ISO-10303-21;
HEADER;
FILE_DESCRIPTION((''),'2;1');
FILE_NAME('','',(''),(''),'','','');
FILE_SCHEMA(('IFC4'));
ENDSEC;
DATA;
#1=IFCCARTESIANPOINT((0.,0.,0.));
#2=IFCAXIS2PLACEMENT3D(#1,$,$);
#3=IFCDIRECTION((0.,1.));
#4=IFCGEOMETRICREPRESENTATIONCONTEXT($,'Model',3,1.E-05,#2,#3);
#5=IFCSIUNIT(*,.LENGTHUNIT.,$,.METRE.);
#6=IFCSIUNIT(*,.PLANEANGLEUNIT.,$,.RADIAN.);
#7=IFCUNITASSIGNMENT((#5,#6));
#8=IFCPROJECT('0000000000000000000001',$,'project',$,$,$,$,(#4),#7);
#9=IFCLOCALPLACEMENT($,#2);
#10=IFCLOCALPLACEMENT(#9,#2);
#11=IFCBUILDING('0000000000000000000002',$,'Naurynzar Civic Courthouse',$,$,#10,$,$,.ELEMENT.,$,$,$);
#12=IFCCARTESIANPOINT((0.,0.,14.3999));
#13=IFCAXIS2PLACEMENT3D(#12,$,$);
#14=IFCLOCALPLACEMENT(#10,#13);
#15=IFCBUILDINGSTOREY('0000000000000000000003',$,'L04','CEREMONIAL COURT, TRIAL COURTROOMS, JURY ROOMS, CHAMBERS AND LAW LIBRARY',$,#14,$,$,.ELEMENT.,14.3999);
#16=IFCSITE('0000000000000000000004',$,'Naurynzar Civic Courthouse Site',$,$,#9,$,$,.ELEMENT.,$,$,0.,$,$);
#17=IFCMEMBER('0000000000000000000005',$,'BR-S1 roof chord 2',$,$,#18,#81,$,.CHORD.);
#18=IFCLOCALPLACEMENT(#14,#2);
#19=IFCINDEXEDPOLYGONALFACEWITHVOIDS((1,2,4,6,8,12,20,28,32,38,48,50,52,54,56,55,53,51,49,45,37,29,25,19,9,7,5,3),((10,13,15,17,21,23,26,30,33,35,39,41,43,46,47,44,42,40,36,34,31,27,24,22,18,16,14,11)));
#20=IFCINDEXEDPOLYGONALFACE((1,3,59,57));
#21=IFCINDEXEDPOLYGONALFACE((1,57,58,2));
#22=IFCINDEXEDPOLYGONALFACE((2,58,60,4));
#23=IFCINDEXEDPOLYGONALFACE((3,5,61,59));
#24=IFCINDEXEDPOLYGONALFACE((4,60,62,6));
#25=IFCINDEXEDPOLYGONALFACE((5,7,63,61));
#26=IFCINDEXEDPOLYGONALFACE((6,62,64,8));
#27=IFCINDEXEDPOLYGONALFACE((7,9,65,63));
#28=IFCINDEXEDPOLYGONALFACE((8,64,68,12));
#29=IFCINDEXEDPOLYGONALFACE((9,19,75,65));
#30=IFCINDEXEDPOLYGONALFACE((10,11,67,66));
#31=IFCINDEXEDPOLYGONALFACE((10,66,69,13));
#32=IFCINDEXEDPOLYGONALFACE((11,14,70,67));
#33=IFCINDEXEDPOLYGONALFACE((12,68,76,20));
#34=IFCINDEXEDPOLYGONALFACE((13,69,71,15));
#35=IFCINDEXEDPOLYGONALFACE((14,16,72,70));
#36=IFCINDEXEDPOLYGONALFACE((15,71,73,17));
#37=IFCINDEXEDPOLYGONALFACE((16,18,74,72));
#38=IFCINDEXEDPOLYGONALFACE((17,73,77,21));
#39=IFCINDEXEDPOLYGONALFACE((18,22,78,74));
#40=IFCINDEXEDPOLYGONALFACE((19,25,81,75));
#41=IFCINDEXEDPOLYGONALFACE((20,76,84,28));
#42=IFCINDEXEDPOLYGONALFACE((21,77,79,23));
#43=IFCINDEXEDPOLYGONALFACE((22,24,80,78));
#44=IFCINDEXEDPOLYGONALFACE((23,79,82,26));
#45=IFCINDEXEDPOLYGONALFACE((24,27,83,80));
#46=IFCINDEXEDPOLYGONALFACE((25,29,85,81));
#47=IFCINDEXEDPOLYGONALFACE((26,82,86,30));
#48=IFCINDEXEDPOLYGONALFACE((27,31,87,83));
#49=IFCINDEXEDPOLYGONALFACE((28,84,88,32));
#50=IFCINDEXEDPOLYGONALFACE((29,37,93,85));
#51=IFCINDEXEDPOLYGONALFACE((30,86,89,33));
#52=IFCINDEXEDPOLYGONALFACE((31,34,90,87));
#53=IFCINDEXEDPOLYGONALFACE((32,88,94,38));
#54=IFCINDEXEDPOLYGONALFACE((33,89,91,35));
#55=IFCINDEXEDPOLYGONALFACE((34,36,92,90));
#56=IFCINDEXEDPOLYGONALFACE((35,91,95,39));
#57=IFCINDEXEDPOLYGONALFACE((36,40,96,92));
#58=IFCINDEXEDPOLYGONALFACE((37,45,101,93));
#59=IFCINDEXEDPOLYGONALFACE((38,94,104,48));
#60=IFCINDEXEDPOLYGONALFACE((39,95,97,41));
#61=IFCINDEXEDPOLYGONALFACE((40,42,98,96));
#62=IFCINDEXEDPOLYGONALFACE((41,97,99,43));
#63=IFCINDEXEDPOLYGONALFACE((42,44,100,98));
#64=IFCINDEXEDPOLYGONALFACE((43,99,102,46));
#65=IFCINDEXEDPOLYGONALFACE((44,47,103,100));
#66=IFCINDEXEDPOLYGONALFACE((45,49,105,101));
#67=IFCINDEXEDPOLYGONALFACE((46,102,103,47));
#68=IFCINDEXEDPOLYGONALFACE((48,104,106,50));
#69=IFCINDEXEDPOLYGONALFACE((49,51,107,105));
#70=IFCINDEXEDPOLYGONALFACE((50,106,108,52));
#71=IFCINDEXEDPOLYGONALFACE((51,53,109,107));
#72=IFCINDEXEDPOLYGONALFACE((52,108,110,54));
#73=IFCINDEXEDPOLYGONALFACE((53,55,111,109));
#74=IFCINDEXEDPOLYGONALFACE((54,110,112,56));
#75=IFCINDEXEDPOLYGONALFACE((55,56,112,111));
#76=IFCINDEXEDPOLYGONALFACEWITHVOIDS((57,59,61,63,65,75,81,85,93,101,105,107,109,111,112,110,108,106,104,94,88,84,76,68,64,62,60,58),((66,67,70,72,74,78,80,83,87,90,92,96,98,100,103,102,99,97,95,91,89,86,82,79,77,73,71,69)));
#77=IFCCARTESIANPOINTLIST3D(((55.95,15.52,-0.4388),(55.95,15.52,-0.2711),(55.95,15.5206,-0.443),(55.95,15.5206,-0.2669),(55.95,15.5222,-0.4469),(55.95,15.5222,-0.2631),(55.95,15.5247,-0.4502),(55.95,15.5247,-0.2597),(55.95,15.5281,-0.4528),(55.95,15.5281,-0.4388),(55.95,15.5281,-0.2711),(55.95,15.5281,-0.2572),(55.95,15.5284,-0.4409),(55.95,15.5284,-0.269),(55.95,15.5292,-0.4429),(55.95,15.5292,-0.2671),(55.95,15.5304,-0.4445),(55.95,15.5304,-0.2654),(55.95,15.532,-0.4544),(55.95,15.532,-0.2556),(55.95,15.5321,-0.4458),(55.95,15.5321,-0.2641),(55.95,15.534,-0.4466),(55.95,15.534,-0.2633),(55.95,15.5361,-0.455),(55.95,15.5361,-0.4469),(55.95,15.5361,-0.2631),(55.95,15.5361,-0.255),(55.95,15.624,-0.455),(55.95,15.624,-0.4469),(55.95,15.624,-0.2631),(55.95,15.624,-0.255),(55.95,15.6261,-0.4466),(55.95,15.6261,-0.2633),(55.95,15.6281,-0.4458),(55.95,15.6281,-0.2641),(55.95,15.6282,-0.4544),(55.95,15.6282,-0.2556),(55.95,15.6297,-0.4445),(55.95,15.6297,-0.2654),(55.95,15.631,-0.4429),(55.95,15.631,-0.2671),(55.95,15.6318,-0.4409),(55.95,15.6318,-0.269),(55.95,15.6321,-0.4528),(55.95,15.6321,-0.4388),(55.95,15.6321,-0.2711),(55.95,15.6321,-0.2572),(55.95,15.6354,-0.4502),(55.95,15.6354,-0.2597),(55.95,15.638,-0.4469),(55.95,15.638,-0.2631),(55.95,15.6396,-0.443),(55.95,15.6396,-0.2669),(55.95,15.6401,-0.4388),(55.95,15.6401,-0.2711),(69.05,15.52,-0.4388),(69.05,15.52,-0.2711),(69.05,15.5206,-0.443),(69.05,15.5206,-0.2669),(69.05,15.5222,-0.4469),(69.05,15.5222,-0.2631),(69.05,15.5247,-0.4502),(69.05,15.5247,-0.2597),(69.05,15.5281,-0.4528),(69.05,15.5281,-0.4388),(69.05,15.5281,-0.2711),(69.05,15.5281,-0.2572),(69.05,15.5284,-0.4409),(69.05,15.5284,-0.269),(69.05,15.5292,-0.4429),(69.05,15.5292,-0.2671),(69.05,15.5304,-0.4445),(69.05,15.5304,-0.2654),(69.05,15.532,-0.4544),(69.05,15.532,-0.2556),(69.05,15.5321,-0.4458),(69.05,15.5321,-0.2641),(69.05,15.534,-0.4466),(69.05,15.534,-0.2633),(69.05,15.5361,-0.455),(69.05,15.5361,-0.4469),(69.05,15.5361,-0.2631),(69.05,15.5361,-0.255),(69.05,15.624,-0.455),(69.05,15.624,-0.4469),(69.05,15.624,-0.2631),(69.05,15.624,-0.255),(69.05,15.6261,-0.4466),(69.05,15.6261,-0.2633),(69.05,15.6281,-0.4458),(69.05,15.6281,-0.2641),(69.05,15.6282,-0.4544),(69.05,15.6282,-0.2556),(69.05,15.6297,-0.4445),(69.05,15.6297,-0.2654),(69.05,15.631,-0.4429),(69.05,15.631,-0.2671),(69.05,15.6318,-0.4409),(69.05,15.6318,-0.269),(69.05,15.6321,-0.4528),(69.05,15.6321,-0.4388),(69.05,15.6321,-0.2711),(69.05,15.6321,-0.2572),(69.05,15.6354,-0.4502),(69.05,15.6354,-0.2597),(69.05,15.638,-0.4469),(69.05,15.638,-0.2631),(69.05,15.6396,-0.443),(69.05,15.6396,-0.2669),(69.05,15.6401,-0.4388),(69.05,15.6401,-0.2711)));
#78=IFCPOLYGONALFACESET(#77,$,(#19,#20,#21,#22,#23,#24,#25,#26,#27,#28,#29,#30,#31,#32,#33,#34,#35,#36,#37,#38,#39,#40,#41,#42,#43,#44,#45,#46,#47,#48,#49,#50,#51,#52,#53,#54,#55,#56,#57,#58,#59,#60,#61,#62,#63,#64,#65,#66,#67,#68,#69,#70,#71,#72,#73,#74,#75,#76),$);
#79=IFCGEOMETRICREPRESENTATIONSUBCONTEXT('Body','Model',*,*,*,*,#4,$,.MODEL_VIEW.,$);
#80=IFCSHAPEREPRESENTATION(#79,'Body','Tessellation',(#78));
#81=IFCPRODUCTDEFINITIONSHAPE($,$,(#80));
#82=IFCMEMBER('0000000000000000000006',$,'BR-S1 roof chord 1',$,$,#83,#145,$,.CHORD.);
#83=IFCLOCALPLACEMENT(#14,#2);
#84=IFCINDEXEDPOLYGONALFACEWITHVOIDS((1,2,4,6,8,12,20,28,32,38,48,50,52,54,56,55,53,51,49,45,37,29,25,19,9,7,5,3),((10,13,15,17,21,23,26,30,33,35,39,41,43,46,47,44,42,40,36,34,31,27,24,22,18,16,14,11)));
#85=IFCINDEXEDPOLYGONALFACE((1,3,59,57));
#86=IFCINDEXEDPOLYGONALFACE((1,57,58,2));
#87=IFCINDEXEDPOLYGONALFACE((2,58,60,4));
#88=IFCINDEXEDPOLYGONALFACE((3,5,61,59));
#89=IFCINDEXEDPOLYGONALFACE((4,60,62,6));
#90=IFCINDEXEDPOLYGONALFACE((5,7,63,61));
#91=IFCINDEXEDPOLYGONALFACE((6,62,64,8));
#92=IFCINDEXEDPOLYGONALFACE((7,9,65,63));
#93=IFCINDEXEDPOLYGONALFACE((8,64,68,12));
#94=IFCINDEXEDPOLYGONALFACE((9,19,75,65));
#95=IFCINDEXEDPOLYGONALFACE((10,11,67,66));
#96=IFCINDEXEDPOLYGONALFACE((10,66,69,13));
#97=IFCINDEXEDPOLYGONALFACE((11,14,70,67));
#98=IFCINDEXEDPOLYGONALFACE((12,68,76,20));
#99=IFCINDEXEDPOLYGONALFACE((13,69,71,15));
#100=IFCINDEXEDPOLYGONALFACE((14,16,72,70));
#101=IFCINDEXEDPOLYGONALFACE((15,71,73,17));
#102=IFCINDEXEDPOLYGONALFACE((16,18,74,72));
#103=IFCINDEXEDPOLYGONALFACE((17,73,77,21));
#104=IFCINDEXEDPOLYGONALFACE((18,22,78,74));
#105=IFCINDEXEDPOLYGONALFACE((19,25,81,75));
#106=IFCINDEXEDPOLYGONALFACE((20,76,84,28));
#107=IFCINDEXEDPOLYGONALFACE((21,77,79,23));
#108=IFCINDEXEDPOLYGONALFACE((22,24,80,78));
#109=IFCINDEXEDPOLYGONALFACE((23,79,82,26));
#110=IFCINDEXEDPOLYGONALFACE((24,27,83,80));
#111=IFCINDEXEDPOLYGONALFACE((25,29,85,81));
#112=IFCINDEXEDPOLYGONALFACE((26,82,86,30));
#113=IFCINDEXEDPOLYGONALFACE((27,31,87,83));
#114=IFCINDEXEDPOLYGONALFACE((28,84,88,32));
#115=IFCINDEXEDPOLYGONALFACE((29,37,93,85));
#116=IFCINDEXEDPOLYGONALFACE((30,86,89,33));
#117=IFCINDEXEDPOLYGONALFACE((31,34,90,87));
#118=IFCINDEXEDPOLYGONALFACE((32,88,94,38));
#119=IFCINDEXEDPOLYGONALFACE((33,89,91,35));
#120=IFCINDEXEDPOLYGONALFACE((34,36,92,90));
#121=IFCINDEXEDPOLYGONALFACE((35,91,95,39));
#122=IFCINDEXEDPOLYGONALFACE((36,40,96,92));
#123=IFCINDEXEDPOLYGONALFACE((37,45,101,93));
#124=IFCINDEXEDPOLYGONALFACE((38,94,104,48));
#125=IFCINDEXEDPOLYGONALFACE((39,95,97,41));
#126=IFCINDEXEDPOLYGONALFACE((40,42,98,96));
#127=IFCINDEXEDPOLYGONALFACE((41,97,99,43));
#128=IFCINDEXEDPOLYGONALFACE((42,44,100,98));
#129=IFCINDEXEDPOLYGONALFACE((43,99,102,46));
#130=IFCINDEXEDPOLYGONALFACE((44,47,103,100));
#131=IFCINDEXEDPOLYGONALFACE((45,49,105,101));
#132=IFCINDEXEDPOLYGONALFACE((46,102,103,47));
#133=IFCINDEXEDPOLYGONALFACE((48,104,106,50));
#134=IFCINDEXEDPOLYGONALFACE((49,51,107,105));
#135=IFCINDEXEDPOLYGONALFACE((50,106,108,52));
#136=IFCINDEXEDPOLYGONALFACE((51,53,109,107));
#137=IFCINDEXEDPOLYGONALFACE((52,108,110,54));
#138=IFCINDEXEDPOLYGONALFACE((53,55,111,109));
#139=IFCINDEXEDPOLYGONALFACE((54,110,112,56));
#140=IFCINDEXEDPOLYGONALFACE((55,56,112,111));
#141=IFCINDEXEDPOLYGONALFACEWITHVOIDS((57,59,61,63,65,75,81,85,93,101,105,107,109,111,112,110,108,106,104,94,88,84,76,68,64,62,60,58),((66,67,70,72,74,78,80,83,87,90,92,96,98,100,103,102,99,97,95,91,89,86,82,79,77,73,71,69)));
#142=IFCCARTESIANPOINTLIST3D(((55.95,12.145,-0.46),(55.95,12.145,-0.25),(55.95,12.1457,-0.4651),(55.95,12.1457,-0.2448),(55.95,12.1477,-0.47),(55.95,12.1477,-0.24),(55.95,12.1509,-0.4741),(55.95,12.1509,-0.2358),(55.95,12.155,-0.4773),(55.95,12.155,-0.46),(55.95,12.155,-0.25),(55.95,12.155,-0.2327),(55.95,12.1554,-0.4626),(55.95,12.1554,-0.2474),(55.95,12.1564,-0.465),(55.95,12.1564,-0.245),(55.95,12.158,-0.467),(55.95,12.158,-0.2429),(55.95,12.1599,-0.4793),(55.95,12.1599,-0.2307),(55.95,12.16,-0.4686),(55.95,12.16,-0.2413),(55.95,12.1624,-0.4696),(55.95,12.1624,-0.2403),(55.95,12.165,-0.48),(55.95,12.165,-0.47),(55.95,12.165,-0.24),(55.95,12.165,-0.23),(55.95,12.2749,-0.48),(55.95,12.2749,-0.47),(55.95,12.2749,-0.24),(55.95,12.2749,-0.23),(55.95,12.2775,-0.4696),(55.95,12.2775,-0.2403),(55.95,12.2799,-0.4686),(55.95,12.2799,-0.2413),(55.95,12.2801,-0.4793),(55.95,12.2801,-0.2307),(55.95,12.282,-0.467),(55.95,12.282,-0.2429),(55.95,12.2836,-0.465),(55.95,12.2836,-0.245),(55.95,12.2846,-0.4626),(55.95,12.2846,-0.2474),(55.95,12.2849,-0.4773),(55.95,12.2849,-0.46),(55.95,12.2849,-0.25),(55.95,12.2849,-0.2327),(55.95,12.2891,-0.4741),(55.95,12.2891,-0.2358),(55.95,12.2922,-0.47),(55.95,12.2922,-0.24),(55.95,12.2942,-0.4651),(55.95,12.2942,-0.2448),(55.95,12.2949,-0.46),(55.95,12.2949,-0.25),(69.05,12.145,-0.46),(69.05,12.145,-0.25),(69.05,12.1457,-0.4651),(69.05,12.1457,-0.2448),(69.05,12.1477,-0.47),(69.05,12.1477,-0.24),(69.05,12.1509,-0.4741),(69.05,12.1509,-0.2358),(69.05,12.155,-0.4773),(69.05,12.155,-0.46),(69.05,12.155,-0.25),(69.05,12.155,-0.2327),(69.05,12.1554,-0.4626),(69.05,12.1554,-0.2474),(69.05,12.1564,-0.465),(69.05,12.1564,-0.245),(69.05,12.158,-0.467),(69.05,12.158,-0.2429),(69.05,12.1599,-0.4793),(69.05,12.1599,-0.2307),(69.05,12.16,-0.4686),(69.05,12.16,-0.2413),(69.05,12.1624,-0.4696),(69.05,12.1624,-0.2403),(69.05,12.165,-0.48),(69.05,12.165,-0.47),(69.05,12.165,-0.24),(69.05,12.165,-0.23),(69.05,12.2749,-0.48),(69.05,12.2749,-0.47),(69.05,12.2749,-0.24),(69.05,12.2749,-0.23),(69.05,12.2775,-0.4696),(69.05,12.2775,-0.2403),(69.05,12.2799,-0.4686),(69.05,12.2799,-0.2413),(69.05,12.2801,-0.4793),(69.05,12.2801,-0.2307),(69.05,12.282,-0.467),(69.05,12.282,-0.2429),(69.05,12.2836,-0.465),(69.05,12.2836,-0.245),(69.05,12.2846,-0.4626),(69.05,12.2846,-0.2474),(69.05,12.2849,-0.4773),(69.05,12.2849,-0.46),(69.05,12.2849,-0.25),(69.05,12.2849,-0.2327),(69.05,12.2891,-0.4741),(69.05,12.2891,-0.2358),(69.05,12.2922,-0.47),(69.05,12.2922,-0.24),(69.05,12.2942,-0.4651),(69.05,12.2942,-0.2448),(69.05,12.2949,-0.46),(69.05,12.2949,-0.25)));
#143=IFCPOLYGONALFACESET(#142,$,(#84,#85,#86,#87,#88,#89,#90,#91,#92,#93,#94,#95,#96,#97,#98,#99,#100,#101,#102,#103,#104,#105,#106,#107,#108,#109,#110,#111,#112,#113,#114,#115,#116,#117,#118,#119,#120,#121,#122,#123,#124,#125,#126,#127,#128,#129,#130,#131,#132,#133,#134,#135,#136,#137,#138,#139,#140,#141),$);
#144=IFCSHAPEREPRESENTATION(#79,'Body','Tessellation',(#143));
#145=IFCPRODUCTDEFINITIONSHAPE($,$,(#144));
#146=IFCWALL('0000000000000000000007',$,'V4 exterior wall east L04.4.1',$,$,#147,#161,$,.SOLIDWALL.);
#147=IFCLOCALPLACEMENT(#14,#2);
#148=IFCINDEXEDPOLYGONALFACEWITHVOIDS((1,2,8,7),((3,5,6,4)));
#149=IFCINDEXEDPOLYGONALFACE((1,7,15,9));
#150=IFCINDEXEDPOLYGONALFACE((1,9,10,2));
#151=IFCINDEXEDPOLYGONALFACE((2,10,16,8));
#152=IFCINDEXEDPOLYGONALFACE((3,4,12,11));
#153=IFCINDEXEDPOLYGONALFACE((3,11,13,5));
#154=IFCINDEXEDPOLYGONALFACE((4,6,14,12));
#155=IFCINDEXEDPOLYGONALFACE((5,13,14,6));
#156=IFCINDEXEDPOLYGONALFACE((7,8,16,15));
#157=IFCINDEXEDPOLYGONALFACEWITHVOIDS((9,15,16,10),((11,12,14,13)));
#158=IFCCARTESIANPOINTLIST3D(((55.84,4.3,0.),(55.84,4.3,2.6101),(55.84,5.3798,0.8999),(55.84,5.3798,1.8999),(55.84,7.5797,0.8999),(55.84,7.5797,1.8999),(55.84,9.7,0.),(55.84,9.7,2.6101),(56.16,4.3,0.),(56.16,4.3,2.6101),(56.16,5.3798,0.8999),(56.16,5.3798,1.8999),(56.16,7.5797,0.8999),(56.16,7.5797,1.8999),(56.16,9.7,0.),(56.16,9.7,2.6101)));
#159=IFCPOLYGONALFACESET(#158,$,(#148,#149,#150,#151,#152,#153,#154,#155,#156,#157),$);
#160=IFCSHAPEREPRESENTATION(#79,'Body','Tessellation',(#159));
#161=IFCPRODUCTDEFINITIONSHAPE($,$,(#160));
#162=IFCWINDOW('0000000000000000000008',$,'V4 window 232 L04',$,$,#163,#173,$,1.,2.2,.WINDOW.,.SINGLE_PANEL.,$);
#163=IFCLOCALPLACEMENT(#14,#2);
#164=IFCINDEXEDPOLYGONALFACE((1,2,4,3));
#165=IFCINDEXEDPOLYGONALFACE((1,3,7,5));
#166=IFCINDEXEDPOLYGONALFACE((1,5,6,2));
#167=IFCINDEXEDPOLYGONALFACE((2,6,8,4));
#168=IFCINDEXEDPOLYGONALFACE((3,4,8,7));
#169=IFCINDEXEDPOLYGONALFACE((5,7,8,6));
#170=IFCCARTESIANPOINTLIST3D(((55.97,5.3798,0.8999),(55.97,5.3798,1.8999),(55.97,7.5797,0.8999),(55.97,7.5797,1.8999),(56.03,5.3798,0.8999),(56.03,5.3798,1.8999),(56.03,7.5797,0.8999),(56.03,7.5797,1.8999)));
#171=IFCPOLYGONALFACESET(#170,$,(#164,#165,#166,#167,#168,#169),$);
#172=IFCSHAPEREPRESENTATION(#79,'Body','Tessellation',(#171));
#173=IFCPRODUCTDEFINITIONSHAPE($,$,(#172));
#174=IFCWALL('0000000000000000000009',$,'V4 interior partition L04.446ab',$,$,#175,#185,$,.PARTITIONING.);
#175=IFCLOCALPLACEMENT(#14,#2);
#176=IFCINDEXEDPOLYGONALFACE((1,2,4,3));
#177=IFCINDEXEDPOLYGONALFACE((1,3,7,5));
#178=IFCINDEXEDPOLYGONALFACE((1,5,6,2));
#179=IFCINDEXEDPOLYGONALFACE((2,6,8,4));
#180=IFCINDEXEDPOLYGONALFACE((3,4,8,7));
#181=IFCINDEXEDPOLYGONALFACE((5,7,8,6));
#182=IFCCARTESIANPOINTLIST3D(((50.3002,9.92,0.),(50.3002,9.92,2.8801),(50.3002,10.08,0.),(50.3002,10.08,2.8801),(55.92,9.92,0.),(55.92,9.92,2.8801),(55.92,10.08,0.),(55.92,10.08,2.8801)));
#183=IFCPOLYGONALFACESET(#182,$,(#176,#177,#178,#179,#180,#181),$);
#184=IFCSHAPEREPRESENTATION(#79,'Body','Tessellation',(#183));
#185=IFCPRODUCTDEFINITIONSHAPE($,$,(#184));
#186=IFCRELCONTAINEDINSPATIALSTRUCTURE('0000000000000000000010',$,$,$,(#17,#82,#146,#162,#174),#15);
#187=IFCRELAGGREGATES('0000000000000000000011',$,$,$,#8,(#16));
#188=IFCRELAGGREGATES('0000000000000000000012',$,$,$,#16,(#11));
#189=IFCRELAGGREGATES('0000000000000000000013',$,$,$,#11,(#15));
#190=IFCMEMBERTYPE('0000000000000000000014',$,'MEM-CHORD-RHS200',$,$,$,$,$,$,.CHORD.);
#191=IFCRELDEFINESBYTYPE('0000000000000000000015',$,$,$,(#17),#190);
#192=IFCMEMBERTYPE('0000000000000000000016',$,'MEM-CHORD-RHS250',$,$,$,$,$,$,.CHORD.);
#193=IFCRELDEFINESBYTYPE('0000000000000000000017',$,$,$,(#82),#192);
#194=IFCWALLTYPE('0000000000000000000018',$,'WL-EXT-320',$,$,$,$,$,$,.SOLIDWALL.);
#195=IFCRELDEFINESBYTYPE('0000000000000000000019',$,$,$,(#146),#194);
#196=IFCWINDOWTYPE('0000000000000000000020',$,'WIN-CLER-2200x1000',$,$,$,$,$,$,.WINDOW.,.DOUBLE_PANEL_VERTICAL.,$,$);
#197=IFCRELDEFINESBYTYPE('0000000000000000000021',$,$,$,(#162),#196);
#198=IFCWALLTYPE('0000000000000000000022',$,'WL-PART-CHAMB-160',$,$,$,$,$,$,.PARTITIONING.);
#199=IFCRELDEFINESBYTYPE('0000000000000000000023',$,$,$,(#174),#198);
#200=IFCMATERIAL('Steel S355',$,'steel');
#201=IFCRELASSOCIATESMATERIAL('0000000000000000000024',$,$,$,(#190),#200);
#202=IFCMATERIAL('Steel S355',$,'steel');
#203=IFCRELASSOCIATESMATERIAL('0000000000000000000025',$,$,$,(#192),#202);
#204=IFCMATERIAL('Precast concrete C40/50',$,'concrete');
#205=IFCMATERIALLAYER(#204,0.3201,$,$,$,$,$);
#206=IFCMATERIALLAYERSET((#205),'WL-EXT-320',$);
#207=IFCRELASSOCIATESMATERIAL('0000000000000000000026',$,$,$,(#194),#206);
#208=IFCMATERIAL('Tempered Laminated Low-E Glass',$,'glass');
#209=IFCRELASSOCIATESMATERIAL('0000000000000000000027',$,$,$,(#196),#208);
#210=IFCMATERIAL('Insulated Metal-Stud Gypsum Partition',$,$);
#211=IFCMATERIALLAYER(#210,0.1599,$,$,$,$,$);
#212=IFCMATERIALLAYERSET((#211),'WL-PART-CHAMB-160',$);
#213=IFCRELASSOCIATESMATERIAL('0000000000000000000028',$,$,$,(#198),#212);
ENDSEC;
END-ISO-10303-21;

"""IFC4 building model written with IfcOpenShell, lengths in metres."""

from ifc_helpers import new_model, si_unit, direction, frame, frame_2d, origin, origin_2d, place, context, subcontext, project, spatial, rectangle, hollow_rectangle, extrude, material, layer, layer_set, material_profile, profile_set, type_object, element, fill, save


model = new_model("IFC4")

# Units and contexts
model_context = context("Model", 3, precision=1e-05, world=origin(), true_north=direction((0.0, 1.0)))
body_context = subcontext(model_context, "Body", "Model", "MODEL_VIEW")
ifc_project = project(units=[si_unit("LENGTHUNIT", "METRE"), si_unit("PLANEANGLEUNIT", "RADIAN")], contexts=[model_context])

# Site, building, storey
site_placement = place(None, origin())
site = spatial("IfcSite", under=ifc_project, at=site_placement, Name="Naurynzar Civic Courthouse Site", CompositionType="ELEMENT", RefElevation=0.0)
building_placement = place(site_placement, origin())
building = spatial("IfcBuilding", under=site, at=building_placement, Name="Naurynzar Civic Courthouse", CompositionType="ELEMENT")
storey_placement = place(building_placement, frame((0.0, 0.0, 14.3999)))
storey = spatial("IfcBuildingStorey", under=building, at=storey_placement, Name="L04", Description="CEREMONIAL COURT, TRIAL COURTROOMS, JURY ROOMS, CHAMBERS AND LAW LIBRARY", CompositionType="ELEMENT", Elevation=14.3999)

# Members
ifc_material_1 = material(Name="Steel S355", Category="steel")
ifc_material_profile_1 = material_profile(ifc_material_1, hollow_rectangle(XDim=0.1201, YDim=0.2, WallThickness=0.0081, InnerFilletRadius=0.0081, OuterFilletRadius=0.0161, at=origin_2d()), Name="RHS 200x120x8")
ifc_profile_set_1 = profile_set([ifc_material_profile_1], Name="Steel S355")
member_type_1 = type_object("IfcMemberType", Name="MEM-CHORD-RHS200", PredefinedType="CHORD", material=ifc_profile_set_1)
member_1_placement = place(storey_placement, frame((55.95, 15.5801, -0.355), z_axis=(1.0, 0.0, 0.0), x_axis=(0.0, 1.0, 0.0)))
element("IfcMember", 1, at=member_1_placement, inside=storey, type_object=member_type_1, Name="BR-S1 roof chord 2", PredefinedType="CHORD", context=body_context, shape_type="SweptSolid", body=[
    extrude(hollow_rectangle(XDim=0.1201, YDim=0.2, WallThickness=0.0081, InnerFilletRadius=0.0081, OuterFilletRadius=0.0161, at=origin_2d()), origin(), (0.0, 0.0, 1.0), 13.1001),
])
ifc_material_2 = material(Name="Steel S355", Category="steel")
ifc_material_profile_2 = material_profile(ifc_material_2, hollow_rectangle(XDim=0.1499, YDim=0.25, WallThickness=0.01, InnerFilletRadius=0.01, OuterFilletRadius=0.02, at=origin_2d()), Name="RHS 250x150x10")
ifc_profile_set_2 = profile_set([ifc_material_profile_2], Name="Steel S355")
member_type_2 = type_object("IfcMemberType", Name="MEM-CHORD-RHS250", PredefinedType="CHORD", material=ifc_profile_set_2)
member_2_placement = place(storey_placement, frame((55.95, 12.22, -0.355), z_axis=(1.0, 0.0, 0.0), x_axis=(0.0, 1.0, 0.0)))
element("IfcMember", 2, at=member_2_placement, inside=storey, type_object=member_type_2, Name="BR-S1 roof chord 1", PredefinedType="CHORD", context=body_context, shape_type="SweptSolid", body=[
    extrude(hollow_rectangle(XDim=0.1499, YDim=0.25, WallThickness=0.01, InnerFilletRadius=0.01, OuterFilletRadius=0.02, at=origin_2d()), origin(), (0.0, 0.0, 1.0), 13.1001),
])

# Wall, opening, window
ifc_material_3 = material(Name="Precast concrete C40/50", Category="concrete")
ifc_layer_1 = layer(ifc_material_3, 0.3201)
ifc_layer_set_1 = layer_set([ifc_layer_1], Name="WL-EXT-320")
wall_type_1 = type_object("IfcWallType", Name="WL-EXT-320", PredefinedType="SOLIDWALL", material=ifc_layer_set_1)
wall_1_placement = place(storey_placement, frame((56.0, 9.7, 0.0), z_axis=(0.0, 0.0, 1.0), x_axis=(0.0, -1.0, 0.0)))
wall_1 = element("IfcWall", 3, at=wall_1_placement, inside=storey, type_object=wall_type_1, Name="V4 exterior wall east L04.4.1", PredefinedType="SOLIDWALL", context=body_context, shape_type="SweptSolid", body=[
    extrude(rectangle(XDim=5.3999, YDim=0.3201, at=frame_2d((2.7, 0.0))), origin(), (0.0, 0.0, 1.0), 2.6101),
])
opening_1_placement = place(wall_1_placement, frame((2.1201, 0.0, 0.8999)))
opening_1 = element("IfcOpeningElement", 4, at=opening_1_placement, cuts=wall_1, PredefinedType="OPENING", context=body_context, shape_type="SweptSolid", body=[
    extrude(rectangle(XDim=2.2, YDim=1.0, at=frame_2d((1.1001, 0.5))), frame((0.0, 0.1699, 0.0), z_axis=(0.0, -1.0, 0.0), x_axis=(1.0, 0.0, 0.0)), (0.0, 0.0, 1.0), 0.3401),
])
ifc_material_4 = material(Name="Tempered Laminated Low-E Glass", Category="glass")
window_type = type_object("IfcWindowType", Name="WIN-CLER-2200x1000", PartitioningType="DOUBLE_PANEL_VERTICAL", PredefinedType="WINDOW", material=ifc_material_4)
window_placement = place(opening_1_placement, origin())
window = element("IfcWindow", 5, at=window_placement, inside=storey, type_object=window_type, Name="V4 window 232 L04", OverallHeight=1.0, OverallWidth=2.2, PartitioningType="SINGLE_PANEL", PredefinedType="WINDOW", context=body_context, shape_type="SweptSolid", body=[
    extrude(rectangle(XDim=2.2, YDim=1.0, at=frame_2d((1.1001, 0.5))), frame((0.0, 0.03, 0.0), z_axis=(0.0, -1.0, 0.0), x_axis=(1.0, 0.0, 0.0)), (0.0, 0.0, 1.0), 0.0601),
])
fill(opening_1, window)

# Wall
ifc_material_5 = material(Name="Insulated Metal-Stud Gypsum Partition")
ifc_layer_2 = layer(ifc_material_5, 0.1599)
ifc_layer_set_2 = layer_set([ifc_layer_2], Name="WL-PART-CHAMB-160")
wall_type_2 = type_object("IfcWallType", Name="WL-PART-CHAMB-160", PredefinedType="PARTITIONING", material=ifc_layer_set_2)
wall_2_placement = place(storey_placement, frame((50.3, 10.0, 0.0), z_axis=(0.0, 0.0, 1.0), x_axis=(1.0, 0.0, 0.0)))
element("IfcWall", 6, at=wall_2_placement, inside=storey, type_object=wall_type_2, Name="V4 interior partition L04.446ab", PredefinedType="PARTITIONING", context=body_context, shape_type="SweptSolid", body=[
    extrude(rectangle(XDim=5.6199, YDim=0.1599, at=frame_2d((2.8101, 0.0))), origin(), (0.0, 0.0, 1.0), 2.8801),
])

save(model, "model.ifc")
